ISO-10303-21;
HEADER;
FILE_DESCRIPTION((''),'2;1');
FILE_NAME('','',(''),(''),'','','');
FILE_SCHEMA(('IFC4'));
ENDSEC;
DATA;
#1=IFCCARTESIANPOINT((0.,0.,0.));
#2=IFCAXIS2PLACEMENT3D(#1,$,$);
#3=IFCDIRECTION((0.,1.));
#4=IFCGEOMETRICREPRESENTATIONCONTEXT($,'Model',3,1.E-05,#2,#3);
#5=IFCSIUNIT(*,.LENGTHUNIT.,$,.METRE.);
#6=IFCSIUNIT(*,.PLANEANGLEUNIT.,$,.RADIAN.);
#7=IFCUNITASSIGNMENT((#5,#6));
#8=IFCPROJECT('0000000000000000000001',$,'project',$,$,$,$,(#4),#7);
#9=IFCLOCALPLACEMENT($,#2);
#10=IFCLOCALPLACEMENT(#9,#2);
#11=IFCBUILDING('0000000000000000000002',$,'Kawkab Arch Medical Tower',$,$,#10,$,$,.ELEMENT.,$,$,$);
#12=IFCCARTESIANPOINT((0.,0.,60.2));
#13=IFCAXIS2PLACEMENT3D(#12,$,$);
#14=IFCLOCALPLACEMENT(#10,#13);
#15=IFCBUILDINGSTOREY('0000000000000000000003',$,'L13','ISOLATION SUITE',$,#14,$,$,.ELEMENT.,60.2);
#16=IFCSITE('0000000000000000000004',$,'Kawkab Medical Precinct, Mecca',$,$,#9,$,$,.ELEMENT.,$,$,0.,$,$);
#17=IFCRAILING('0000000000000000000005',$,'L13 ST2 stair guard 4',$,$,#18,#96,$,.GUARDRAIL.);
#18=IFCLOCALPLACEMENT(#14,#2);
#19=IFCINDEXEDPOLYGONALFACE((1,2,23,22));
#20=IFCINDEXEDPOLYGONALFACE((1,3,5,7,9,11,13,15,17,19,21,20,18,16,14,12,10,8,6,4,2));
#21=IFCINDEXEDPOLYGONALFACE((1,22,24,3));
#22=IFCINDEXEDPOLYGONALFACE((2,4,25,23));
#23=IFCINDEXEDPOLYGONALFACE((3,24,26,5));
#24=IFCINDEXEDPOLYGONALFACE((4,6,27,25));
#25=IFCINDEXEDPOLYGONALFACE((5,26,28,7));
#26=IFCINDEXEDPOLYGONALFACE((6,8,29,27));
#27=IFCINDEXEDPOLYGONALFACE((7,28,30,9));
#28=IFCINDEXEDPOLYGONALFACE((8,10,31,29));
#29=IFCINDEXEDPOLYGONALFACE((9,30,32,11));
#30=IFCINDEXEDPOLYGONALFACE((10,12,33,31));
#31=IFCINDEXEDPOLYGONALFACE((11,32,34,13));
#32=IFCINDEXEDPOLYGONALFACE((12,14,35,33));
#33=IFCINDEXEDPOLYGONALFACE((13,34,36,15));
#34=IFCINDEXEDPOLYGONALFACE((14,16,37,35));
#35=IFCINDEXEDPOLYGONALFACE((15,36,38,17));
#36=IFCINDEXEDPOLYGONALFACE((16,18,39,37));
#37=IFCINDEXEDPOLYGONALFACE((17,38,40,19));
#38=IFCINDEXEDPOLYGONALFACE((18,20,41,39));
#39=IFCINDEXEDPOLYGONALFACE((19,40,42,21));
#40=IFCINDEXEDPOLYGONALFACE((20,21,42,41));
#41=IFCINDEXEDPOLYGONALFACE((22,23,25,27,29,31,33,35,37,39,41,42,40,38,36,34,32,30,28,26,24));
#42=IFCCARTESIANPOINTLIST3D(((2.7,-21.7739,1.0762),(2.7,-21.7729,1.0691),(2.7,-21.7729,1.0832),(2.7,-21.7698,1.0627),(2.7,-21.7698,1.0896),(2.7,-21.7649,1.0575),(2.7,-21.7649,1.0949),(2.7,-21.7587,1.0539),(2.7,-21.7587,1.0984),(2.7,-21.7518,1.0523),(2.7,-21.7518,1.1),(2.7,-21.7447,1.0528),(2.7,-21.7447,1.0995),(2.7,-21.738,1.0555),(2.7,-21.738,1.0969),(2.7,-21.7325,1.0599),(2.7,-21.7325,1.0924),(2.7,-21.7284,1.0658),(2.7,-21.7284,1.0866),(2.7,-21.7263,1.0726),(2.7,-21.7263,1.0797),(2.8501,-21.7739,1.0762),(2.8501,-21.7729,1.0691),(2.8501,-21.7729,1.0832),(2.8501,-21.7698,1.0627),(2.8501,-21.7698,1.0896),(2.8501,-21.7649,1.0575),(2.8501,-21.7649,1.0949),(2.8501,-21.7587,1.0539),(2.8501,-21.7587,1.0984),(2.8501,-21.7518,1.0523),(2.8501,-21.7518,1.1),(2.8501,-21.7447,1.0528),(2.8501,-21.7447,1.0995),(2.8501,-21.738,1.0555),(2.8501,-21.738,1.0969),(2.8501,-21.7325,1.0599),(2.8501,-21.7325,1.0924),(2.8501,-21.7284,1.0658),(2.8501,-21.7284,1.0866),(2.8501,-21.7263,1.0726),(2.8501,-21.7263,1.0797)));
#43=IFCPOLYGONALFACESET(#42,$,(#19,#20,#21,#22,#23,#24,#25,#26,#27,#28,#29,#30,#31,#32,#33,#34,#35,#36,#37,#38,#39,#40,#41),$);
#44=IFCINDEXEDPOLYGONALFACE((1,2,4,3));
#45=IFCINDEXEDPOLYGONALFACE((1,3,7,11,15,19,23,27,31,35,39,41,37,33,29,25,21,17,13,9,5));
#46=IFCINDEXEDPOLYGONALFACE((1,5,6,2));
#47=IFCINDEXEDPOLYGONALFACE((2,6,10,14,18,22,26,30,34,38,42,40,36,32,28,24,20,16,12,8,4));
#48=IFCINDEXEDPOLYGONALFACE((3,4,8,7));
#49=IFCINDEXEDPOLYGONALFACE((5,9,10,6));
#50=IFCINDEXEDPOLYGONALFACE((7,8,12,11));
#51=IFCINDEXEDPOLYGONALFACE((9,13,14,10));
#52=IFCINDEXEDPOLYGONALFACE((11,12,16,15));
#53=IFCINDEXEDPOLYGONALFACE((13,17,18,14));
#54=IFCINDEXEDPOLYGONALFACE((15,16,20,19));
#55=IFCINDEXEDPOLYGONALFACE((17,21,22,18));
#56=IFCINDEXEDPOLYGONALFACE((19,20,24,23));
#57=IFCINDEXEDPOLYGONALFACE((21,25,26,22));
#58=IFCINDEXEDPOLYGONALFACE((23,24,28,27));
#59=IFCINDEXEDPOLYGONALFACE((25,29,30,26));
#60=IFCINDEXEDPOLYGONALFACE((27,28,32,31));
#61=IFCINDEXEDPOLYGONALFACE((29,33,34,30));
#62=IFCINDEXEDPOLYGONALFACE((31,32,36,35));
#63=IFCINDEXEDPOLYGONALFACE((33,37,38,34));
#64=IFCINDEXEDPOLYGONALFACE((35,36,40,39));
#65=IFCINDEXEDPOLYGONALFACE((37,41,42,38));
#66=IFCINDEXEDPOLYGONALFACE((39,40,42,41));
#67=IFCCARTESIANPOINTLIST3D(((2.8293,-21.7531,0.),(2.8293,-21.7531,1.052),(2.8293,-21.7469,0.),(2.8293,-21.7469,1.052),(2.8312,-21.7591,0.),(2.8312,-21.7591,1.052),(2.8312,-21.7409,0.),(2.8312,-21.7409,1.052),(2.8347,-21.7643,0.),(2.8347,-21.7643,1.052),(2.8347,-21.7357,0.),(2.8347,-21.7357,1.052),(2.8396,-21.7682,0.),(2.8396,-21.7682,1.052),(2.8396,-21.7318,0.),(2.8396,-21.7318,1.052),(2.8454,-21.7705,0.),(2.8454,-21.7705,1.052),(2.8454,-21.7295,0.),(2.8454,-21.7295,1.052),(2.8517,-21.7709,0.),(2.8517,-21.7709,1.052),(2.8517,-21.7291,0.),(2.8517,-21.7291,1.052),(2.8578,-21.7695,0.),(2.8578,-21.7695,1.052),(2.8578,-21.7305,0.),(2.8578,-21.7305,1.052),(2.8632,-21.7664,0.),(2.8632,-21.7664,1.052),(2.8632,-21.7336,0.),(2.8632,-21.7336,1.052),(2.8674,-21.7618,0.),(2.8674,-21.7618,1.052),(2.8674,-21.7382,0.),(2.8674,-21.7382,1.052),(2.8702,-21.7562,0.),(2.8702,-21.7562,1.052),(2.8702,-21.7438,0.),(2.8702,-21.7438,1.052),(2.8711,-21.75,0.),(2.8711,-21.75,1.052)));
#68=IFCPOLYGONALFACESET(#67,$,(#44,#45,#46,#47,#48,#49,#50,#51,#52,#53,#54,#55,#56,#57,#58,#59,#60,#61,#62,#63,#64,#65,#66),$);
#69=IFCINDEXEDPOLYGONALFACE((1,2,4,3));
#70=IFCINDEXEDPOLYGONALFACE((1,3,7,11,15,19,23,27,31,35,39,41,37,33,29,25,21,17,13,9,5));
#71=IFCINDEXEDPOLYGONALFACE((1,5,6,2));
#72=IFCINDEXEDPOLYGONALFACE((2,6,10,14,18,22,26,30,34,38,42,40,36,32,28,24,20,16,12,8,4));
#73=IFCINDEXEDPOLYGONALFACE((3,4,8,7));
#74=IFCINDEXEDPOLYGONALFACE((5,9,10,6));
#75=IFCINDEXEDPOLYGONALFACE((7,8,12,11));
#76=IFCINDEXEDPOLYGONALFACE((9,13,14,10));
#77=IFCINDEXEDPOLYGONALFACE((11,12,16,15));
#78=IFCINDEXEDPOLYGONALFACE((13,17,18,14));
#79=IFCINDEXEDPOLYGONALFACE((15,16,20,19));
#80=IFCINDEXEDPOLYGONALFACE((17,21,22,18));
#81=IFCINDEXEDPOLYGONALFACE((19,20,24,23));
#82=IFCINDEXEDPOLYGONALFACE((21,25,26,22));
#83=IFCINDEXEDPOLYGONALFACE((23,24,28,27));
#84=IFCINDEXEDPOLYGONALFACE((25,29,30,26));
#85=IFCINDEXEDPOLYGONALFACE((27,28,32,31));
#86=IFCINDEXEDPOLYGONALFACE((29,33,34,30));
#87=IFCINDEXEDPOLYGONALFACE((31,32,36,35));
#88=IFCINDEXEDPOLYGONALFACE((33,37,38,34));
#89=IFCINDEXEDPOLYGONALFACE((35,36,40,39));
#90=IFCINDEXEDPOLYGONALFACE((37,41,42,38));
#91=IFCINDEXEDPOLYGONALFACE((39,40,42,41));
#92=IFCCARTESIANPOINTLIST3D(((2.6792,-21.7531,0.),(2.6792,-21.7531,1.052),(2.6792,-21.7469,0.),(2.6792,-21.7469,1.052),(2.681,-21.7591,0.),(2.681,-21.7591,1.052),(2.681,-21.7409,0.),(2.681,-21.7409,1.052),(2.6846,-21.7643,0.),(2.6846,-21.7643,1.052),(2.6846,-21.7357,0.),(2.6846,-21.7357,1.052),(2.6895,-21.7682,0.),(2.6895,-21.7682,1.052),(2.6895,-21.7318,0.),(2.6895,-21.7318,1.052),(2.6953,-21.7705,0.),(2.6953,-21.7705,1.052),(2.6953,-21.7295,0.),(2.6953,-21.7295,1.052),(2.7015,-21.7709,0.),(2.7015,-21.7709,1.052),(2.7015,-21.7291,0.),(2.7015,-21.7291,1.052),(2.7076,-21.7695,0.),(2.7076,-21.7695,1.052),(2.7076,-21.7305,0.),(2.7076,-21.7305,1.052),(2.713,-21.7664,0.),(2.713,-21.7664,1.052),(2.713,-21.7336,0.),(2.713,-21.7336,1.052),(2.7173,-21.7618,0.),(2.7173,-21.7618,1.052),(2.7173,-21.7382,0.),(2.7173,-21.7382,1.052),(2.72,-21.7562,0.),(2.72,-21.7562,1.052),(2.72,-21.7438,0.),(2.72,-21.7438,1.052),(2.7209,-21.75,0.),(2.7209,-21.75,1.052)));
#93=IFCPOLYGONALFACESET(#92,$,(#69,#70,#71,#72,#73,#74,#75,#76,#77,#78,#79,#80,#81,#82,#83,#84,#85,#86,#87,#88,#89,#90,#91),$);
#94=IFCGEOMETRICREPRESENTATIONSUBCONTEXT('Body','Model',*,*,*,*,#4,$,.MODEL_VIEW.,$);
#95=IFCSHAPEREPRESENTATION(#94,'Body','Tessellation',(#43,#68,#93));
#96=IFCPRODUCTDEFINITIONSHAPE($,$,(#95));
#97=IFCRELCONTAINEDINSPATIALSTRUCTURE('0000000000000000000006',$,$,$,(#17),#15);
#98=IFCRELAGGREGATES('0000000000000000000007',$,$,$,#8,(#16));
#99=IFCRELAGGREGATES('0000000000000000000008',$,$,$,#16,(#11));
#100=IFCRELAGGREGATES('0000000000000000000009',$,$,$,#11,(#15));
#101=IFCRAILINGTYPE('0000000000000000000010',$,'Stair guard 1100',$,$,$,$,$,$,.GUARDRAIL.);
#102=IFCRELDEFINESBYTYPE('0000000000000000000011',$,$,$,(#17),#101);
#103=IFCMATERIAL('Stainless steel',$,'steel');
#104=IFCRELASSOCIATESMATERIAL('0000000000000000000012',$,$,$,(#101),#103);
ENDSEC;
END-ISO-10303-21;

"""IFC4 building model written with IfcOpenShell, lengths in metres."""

from ifc_helpers import new_model, si_unit, direction, frame, origin, origin_2d, place, context, subcontext, project, spatial, circle, extrude, material, type_object, element, save


model = new_model("IFC4")

# Units and contexts
model_context = context("Model", 3, precision=1e-05, world=origin(), true_north=direction((0.0, 1.0)))
body_context = subcontext(model_context, "Body", "Model", "MODEL_VIEW")
ifc_project = project(units=[si_unit("LENGTHUNIT", "METRE"), si_unit("PLANEANGLEUNIT", "RADIAN")], contexts=[model_context])

# Site, building, storey
site_placement = place(None, origin())
site = spatial("IfcSite", under=ifc_project, at=site_placement, Name="Kawkab Medical Precinct, Mecca", CompositionType="ELEMENT", RefElevation=0.0)
building_placement = place(site_placement, origin())
building = spatial("IfcBuilding", under=site, at=building_placement, Name="Kawkab Arch Medical Tower", CompositionType="ELEMENT")
storey_placement = place(building_placement, frame((0.0, 0.0, 60.2)))
storey = spatial("IfcBuildingStorey", under=building, at=storey_placement, Name="L13", Description="ISOLATION SUITE", CompositionType="ELEMENT", Elevation=60.2)

# Railing
ifc_material_1 = material(Name="Stainless steel", Category="steel")
railing_type = type_object("IfcRailingType", Name="Stair guard 1100", PredefinedType="GUARDRAIL", material=ifc_material_1)
railing_1_placement = place(storey_placement, frame((2.8501, -21.75, 0.0)))
element("IfcRailing", 1, at=railing_1_placement, inside=storey, type_object=railing_type, Name="L13 ST2 stair guard 4", PredefinedType="GUARDRAIL", context=body_context, shape_type="SweptSolid", body=[
    extrude(circle(Radius=0.0239, at=origin_2d()), frame((0.0, 0.0, 1.0762), z_axis=(-1.0, 0.0, 0.0), x_axis=(0.0, -1.0, 0.0)), (0.0, 0.0, 1.0), 0.1501),
    extrude(circle(Radius=0.021, at=origin_2d()), origin(), (0.0, 0.0, 1.0), 1.052),
    extrude(circle(Radius=0.021, at=origin_2d()), frame((-0.1501, 0.0, 0.0)), (0.0, 0.0, 1.0), 1.052),
])

save(model, "model.ifc")
